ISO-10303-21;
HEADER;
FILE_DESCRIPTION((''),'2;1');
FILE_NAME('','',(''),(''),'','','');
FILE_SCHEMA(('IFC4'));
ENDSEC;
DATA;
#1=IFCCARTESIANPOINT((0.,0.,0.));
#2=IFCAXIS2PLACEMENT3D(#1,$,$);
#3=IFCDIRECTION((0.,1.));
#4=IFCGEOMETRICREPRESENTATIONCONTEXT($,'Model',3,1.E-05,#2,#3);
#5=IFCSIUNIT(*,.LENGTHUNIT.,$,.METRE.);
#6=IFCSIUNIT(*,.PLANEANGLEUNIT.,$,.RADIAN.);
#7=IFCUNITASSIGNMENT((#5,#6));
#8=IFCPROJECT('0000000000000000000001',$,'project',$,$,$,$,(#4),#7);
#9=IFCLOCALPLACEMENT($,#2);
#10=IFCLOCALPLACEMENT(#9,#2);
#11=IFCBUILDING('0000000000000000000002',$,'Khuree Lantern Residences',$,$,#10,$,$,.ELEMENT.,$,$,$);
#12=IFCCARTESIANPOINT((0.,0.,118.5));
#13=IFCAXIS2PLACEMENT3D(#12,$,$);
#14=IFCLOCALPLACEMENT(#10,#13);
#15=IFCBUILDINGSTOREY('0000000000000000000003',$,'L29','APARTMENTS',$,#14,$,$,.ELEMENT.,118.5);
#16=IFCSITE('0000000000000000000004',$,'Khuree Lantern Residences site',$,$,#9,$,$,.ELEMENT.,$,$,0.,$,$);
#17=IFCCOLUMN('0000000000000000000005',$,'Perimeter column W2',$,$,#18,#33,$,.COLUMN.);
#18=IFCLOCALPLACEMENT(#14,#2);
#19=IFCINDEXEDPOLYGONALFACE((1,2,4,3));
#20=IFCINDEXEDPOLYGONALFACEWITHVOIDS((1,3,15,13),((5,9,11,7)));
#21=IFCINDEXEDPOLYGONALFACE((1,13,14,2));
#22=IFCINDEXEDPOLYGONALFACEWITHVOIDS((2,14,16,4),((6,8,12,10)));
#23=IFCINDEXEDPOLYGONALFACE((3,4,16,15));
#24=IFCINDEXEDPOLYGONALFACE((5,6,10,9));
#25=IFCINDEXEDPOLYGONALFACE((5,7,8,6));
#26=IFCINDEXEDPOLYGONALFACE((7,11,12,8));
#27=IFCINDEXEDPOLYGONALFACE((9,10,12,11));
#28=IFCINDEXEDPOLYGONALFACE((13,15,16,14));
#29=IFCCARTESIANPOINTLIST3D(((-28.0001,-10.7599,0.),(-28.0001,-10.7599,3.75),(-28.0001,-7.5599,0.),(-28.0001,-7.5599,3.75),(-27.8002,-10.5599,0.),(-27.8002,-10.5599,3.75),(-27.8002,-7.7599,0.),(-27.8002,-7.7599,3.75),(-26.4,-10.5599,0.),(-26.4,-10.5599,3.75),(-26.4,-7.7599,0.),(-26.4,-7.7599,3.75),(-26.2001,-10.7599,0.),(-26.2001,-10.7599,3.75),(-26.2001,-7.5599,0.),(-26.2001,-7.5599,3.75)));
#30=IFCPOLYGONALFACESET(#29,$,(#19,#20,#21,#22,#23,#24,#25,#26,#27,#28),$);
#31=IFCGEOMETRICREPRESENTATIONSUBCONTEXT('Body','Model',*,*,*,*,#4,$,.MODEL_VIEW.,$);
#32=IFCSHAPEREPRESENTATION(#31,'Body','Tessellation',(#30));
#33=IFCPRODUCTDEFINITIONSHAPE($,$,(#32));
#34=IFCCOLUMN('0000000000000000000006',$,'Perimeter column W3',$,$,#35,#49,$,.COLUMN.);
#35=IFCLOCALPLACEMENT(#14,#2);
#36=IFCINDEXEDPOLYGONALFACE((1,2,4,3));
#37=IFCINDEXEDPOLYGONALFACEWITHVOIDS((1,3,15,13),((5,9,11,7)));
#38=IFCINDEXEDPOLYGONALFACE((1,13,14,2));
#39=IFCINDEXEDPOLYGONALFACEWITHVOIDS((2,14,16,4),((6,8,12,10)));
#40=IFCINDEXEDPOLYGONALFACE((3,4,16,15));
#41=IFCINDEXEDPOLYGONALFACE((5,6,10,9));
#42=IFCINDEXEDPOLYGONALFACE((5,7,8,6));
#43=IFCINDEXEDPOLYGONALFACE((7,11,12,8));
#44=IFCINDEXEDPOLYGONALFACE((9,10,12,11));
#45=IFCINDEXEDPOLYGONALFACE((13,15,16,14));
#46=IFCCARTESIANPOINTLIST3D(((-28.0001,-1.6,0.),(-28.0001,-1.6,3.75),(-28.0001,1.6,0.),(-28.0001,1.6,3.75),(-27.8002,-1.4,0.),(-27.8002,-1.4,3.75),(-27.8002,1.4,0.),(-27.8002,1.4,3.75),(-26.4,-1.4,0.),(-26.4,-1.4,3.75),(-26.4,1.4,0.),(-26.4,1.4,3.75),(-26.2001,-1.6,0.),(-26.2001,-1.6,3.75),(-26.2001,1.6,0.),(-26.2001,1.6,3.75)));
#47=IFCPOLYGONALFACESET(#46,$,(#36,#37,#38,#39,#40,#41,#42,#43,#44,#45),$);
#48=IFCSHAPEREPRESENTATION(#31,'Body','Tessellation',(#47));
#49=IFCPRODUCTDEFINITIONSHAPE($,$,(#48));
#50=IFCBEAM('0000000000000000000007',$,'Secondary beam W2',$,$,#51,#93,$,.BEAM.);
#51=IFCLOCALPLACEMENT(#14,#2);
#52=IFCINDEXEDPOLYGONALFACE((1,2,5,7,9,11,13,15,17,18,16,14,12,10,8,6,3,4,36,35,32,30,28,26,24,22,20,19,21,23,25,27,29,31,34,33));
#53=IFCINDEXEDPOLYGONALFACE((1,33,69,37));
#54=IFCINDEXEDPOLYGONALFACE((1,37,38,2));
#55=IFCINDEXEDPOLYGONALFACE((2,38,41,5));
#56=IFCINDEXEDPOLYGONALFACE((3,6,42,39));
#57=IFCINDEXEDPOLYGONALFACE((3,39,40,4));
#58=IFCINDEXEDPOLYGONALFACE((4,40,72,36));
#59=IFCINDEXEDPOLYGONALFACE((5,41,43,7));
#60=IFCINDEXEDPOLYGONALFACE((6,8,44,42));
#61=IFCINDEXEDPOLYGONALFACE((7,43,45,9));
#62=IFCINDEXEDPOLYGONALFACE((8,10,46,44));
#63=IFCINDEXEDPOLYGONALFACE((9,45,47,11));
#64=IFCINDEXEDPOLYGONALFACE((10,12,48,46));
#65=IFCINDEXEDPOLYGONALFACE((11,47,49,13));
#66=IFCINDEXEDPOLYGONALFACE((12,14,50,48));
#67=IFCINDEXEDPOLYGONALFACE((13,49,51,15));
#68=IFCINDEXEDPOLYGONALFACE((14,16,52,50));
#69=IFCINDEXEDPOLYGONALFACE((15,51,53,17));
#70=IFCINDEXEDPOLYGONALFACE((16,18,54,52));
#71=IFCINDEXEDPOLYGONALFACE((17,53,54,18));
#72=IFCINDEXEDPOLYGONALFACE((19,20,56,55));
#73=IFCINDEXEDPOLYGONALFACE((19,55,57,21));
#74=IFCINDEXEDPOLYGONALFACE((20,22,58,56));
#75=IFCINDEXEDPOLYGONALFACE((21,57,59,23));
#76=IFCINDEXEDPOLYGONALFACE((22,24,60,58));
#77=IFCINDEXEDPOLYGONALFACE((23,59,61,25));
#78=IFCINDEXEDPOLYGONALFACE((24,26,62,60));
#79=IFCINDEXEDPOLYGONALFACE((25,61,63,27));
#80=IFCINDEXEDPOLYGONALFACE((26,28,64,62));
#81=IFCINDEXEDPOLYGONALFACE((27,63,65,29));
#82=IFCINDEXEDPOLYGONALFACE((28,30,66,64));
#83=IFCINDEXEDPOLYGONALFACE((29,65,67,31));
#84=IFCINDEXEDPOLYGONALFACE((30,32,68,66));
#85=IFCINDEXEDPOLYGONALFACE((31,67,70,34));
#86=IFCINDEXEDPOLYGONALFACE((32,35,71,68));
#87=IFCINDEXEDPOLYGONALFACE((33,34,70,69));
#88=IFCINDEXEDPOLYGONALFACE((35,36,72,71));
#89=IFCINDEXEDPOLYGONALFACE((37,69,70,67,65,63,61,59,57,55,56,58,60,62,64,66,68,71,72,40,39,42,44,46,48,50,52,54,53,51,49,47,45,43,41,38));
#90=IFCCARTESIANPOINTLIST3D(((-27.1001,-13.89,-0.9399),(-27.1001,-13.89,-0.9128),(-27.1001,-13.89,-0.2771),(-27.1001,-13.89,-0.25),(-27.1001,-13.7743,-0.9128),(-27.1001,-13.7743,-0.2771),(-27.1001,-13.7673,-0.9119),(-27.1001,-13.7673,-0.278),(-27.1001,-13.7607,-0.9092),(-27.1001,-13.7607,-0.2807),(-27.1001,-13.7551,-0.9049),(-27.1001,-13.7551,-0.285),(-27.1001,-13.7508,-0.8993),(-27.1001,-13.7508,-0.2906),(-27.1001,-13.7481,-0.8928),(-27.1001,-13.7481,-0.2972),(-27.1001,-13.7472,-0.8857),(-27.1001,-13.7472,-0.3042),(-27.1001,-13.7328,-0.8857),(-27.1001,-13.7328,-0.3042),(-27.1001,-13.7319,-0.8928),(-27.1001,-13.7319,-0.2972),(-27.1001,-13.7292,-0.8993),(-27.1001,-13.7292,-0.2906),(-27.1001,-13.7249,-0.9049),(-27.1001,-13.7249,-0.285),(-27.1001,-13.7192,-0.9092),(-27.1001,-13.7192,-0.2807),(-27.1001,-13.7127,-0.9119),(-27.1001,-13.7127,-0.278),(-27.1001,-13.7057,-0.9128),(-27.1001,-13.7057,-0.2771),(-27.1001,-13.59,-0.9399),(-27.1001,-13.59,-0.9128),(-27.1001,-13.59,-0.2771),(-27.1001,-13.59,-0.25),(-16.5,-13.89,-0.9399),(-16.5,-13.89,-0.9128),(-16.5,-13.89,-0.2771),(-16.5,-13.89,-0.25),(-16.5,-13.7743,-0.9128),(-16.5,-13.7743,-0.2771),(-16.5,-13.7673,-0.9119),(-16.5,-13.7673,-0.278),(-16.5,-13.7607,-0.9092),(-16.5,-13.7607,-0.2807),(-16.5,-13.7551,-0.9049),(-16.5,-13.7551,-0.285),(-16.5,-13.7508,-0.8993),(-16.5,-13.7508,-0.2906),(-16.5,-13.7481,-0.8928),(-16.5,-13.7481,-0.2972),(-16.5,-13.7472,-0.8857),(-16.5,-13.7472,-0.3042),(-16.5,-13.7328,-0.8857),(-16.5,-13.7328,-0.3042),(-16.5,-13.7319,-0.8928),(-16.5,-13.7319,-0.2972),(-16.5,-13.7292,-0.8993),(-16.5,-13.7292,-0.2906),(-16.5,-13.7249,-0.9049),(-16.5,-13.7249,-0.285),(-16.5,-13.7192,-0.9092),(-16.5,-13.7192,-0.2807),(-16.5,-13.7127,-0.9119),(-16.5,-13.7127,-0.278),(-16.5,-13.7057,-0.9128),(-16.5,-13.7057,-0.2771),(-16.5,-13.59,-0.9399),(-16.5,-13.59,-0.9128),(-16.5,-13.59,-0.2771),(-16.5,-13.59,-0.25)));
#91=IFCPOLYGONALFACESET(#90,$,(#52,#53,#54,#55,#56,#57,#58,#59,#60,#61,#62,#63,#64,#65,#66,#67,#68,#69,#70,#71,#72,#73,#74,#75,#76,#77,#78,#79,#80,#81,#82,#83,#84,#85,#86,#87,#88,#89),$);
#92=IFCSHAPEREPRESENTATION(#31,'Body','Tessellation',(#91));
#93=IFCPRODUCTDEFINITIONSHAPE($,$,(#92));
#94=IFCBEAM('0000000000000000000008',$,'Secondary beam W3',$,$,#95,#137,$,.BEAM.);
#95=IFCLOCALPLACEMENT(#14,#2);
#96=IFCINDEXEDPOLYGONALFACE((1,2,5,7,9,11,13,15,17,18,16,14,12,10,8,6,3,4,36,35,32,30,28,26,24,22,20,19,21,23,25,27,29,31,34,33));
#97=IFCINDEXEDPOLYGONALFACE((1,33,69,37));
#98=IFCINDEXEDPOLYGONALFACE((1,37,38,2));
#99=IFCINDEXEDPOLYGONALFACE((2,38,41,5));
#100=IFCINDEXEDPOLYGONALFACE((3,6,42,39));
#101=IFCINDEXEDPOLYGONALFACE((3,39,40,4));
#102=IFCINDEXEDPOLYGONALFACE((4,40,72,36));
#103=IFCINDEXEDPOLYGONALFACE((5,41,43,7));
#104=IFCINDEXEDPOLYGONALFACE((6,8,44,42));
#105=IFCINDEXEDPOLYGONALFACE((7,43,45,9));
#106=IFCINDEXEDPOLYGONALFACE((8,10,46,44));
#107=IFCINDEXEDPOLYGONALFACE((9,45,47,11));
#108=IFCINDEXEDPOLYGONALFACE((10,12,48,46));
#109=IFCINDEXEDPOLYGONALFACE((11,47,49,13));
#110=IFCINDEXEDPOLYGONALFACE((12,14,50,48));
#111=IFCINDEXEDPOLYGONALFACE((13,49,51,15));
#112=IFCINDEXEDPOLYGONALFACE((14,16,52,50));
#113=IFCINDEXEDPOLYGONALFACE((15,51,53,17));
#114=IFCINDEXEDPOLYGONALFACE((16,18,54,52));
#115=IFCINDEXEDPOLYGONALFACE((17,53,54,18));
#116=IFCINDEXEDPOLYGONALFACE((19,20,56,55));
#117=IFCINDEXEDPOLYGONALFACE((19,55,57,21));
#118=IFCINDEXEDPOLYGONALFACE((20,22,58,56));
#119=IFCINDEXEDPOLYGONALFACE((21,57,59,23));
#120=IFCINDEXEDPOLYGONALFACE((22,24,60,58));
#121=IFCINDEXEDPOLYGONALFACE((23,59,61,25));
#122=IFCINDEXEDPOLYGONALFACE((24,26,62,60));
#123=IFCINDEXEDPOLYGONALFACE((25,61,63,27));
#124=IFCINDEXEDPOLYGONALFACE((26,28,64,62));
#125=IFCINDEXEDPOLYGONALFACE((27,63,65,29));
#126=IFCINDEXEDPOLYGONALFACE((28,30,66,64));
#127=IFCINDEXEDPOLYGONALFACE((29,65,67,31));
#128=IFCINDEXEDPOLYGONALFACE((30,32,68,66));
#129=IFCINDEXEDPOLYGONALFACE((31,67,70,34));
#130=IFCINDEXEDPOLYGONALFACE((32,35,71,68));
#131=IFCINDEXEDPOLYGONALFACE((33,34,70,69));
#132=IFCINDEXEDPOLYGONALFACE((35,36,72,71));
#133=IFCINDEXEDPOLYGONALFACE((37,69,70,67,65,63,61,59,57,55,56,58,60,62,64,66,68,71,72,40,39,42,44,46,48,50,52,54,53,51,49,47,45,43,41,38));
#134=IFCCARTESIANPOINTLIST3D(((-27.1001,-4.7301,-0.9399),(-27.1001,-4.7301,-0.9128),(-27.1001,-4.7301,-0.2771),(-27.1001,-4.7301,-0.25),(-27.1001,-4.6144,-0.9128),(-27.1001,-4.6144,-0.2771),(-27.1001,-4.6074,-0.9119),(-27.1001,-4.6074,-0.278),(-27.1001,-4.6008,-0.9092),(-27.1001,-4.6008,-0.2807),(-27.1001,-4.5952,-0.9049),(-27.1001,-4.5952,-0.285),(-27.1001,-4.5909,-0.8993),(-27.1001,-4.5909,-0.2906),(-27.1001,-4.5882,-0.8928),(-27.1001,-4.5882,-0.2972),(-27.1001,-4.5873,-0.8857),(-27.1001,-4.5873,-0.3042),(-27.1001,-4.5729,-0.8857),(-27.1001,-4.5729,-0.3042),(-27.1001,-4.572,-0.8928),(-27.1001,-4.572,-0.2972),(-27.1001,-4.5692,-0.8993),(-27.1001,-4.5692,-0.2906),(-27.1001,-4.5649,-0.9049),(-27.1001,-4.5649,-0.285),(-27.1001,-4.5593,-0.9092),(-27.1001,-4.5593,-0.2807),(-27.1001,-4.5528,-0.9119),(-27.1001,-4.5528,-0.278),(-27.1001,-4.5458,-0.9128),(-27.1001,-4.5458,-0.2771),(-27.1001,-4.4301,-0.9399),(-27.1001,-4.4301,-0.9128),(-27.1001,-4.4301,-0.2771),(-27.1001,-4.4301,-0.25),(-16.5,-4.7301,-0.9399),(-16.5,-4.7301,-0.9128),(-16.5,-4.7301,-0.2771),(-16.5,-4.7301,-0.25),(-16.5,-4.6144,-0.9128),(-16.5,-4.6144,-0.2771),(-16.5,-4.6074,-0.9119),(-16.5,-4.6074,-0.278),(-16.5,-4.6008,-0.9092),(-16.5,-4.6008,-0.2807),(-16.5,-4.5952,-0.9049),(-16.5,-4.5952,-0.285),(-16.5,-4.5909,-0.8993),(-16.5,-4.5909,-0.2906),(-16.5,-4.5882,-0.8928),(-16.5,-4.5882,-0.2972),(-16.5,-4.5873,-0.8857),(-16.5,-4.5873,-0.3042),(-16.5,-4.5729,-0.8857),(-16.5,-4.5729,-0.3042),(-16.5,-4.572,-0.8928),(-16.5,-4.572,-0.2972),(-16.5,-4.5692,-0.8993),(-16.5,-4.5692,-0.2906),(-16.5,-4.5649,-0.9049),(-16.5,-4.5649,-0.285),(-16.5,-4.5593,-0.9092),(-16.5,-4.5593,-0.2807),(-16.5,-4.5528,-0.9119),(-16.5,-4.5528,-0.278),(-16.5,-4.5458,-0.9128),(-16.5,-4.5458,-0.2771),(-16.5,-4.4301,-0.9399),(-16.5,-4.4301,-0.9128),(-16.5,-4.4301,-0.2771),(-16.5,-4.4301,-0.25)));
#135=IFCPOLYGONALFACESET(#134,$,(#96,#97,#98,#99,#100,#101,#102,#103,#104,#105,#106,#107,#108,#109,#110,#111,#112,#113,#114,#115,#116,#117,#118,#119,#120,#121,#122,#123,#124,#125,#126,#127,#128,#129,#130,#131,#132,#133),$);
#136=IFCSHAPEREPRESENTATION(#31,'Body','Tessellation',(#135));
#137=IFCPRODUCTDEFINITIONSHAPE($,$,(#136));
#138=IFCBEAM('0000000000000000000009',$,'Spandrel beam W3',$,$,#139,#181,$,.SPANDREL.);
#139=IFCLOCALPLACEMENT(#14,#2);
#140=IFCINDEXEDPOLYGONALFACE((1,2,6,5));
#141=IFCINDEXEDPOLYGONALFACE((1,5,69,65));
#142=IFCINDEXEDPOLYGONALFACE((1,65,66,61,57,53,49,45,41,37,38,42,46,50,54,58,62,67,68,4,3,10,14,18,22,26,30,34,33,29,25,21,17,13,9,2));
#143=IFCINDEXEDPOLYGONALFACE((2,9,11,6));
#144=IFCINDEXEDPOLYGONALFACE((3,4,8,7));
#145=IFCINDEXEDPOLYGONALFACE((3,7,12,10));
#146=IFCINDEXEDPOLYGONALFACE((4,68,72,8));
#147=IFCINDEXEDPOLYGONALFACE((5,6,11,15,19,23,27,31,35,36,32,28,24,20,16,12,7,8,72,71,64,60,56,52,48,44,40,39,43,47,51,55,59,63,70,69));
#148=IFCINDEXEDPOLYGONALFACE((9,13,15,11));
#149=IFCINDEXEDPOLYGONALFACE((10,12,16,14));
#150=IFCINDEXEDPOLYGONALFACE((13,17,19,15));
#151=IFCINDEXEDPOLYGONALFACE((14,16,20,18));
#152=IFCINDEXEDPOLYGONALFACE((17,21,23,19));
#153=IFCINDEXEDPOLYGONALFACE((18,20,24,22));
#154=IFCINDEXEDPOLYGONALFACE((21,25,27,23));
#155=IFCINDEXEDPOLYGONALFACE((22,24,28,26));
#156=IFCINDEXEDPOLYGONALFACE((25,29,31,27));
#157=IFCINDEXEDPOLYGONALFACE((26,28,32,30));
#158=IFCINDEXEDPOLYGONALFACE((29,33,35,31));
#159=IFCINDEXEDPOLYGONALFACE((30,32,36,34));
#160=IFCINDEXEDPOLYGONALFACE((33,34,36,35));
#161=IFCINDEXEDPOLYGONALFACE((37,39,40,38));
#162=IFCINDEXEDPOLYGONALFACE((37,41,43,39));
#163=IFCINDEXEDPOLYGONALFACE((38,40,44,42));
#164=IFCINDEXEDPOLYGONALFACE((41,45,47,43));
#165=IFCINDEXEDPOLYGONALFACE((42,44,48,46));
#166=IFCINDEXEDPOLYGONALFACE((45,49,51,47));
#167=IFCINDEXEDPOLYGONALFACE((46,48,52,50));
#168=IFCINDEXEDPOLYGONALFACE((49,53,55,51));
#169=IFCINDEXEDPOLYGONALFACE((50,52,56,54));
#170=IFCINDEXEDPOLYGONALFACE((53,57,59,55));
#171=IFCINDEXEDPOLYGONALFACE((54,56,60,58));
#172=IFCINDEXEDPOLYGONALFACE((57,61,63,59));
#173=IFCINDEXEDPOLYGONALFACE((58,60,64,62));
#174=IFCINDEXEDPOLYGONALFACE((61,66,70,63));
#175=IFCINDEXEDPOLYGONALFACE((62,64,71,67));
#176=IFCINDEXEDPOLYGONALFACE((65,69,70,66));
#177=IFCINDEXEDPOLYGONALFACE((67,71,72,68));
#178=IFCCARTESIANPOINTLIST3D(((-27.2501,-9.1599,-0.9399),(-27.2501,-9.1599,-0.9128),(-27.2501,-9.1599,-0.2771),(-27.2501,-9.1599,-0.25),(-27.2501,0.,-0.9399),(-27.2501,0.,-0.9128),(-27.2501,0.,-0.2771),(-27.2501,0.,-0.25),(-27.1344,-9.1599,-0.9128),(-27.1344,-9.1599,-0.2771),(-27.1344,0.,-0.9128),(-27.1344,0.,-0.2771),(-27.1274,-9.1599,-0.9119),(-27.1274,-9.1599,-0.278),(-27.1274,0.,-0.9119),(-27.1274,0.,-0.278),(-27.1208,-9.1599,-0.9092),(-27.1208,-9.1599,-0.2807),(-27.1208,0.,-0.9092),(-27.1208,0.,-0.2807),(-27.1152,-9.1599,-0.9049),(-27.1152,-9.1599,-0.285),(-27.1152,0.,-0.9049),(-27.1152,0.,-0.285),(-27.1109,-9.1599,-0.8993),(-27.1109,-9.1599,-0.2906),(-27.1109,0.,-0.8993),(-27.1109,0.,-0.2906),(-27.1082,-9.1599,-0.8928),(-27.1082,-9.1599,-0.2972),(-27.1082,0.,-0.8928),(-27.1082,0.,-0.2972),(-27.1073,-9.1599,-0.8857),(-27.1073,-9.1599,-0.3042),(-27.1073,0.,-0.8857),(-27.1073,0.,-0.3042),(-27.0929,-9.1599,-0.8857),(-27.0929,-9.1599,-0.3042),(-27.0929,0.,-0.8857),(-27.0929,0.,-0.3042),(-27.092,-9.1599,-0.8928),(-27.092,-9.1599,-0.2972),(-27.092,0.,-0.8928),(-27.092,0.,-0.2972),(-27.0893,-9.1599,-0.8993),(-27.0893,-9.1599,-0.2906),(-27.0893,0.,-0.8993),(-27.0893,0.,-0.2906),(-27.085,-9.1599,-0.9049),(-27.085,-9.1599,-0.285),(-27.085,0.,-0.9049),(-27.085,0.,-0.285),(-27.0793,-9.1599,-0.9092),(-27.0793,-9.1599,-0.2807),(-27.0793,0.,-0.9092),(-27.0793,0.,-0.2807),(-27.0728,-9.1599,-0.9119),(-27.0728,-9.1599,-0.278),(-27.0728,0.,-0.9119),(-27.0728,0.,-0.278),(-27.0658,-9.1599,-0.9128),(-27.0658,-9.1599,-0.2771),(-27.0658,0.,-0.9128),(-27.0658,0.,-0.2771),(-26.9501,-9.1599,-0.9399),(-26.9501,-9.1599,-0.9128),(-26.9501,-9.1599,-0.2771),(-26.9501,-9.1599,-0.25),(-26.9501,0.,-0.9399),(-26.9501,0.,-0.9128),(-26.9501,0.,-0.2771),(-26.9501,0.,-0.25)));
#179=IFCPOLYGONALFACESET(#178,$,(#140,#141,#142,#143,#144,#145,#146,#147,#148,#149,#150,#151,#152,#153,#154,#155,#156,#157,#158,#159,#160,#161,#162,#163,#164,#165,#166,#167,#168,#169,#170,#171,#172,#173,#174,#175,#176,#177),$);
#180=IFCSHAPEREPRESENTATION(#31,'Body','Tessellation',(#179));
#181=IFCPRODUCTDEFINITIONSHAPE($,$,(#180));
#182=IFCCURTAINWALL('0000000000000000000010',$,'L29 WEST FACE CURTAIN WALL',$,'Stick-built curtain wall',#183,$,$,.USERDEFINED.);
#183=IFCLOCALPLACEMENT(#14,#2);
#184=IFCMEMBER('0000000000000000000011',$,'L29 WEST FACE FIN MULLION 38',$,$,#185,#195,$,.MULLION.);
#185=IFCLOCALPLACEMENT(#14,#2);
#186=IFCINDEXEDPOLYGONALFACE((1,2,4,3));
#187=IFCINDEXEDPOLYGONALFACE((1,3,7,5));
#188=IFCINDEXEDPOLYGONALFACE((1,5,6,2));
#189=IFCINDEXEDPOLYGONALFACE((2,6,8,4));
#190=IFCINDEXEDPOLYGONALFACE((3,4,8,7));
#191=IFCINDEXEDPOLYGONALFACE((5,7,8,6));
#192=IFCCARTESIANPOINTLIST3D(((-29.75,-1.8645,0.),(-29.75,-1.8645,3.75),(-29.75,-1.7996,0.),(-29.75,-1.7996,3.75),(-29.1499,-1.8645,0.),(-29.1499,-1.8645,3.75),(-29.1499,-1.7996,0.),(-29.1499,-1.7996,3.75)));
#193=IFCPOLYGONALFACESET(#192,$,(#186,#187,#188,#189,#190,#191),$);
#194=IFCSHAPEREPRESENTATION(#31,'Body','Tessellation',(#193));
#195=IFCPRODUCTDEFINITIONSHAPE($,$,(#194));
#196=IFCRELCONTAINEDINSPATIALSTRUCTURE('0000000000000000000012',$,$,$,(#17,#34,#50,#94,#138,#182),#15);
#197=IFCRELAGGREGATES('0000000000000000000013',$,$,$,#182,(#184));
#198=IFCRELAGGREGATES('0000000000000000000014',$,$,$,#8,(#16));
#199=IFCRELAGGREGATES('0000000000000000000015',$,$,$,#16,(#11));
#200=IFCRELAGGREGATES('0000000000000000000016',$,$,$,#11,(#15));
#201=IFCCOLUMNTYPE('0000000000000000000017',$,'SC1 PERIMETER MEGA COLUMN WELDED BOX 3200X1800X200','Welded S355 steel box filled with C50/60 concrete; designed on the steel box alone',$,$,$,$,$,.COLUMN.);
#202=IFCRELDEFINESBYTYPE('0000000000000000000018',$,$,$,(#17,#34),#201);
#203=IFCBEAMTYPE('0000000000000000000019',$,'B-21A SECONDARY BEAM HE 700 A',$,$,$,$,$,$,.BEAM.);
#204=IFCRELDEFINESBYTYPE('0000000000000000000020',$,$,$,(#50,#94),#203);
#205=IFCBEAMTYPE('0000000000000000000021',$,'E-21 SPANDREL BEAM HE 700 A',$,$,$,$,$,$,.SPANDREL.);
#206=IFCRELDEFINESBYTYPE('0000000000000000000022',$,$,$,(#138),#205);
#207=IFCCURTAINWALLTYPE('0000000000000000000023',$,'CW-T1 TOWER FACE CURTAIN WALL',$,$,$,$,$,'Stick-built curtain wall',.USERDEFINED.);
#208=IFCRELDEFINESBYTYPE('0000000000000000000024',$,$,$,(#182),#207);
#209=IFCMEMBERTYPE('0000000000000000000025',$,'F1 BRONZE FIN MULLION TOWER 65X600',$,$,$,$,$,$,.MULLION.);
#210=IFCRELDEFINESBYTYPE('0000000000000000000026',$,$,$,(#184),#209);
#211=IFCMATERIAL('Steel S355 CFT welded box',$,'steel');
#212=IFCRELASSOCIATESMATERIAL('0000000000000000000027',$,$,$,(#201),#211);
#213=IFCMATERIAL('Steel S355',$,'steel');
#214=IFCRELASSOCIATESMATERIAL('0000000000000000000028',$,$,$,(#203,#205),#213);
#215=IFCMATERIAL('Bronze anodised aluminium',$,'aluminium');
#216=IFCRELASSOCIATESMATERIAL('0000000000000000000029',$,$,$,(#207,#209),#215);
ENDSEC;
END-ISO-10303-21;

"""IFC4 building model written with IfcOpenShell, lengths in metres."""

from ifc_helpers import new_model, si_unit, direction, frame, origin, origin_2d, place, context, subcontext, project, spatial, rectangle, hollow_rectangle, i_section, extrude, material, material_profile, profile_set, type_object, element, aggregate, save


model = new_model("IFC4")

# Units and contexts
model_context = context("Model", 3, precision=1e-05, world=origin(), true_north=direction((0.0, 1.0)))
body_context = subcontext(model_context, "Body", "Model", "MODEL_VIEW")
ifc_project = project(units=[si_unit("LENGTHUNIT", "METRE"), si_unit("PLANEANGLEUNIT", "RADIAN")], contexts=[model_context])

# Site, building, storey
site_placement = place(None, origin())
site = spatial("IfcSite", under=ifc_project, at=site_placement, Name="Khuree Lantern Residences site", CompositionType="ELEMENT", RefElevation=0.0)
building_placement = place(site_placement, origin())
building = spatial("IfcBuilding", under=site, at=building_placement, Name="Khuree Lantern Residences", CompositionType="ELEMENT")
storey_placement = place(building_placement, frame((0.0, 0.0, 118.5)))
storey = spatial("IfcBuildingStorey", under=building, at=storey_placement, Name="L29", Description="APARTMENTS", CompositionType="ELEMENT", Elevation=118.5)

# Columns
ifc_material_1 = material(Name="Steel S355 CFT welded box", Category="steel")
ifc_material_profile_1 = material_profile(ifc_material_1, hollow_rectangle(XDim=3.2, YDim=1.8, WallThickness=0.2, at=origin_2d()), Name="WELDED BOX 3200X1800X200")
ifc_profile_set_1 = profile_set([ifc_material_profile_1], Name="Steel S355 CFT welded box")
column_type = type_object("IfcColumnType", Name="SC1 PERIMETER MEGA COLUMN WELDED BOX 3200X1800X200", Description="Welded S355 steel box filled with C50/60 concrete; designed on the steel box alone", PredefinedType="COLUMN", material=ifc_profile_set_1)
for number, where, z_axis, x_axis, name in (
    (1, (-27.1001, -9.1599, 0.0), (0.0, 0.0, 1.0), (0.0, 1.0, 0.0), "Perimeter column W2"),
    (2, (-27.1001, 0.0, 0.0), (0.0, 0.0, 1.0), (0.0, 1.0, 0.0), "Perimeter column W3"),
):
    element("IfcColumn", number, at=place(storey_placement, frame(where, z_axis=z_axis, x_axis=x_axis)), inside=storey, type_object=column_type, Name=name, PredefinedType="COLUMN", context=body_context, shape_type="SweptSolid", body=[
        extrude(hollow_rectangle(XDim=3.2, YDim=1.8, WallThickness=0.2, at=origin_2d()), origin(), (0.0, 0.0, 1.0), 3.75),
    ])

# Beams
ifc_material_2 = material(Name="Steel S355", Category="steel")
ifc_material_profile_2 = material_profile(ifc_material_2, i_section(OverallWidth=0.3, OverallDepth=0.6899, WebThickness=0.0144, FlangeThickness=0.0271, FilletRadius=0.0271, at=origin_2d()), Name="HE 700 A")
ifc_profile_set_2 = profile_set([ifc_material_profile_2], Name="Steel S355")
beam_type_1 = type_object("IfcBeamType", Name="B-21A SECONDARY BEAM HE 700 A", PredefinedType="BEAM", material=ifc_profile_set_2)
for number, where, z_axis, x_axis, name in (
    (3, (-27.1001, -13.74, -0.595), (1.0, 0.0, 0.0), (0.0, 1.0, 0.0), "Secondary beam W2"),
    (4, (-27.1001, -4.5801, -0.595), (1.0, 0.0, 0.0), (0.0, 1.0, 0.0), "Secondary beam W3"),
):
    element("IfcBeam", number, at=place(storey_placement, frame(where, z_axis=z_axis, x_axis=x_axis)), inside=storey, type_object=beam_type_1, Name=name, PredefinedType="BEAM", context=body_context, shape_type="SweptSolid", body=[
        extrude(i_section(OverallWidth=0.3, OverallDepth=0.6899, WebThickness=0.0144, FlangeThickness=0.0271, FilletRadius=0.0271, at=origin_2d()), origin(), (0.0, 0.0, 1.0), 10.6001),
    ])
ifc_material_profile_3 = material_profile(ifc_material_2, i_section(OverallWidth=0.3, OverallDepth=0.6899, WebThickness=0.0144, FlangeThickness=0.0271, FilletRadius=0.0271, at=origin_2d()), Name="HE 700 A")
ifc_profile_set_3 = profile_set([ifc_material_profile_3], Name="Steel S355")
beam_type_2 = type_object("IfcBeamType", Name="E-21 SPANDREL BEAM HE 700 A", PredefinedType="SPANDREL", material=ifc_profile_set_3)
beam_1_placement = place(storey_placement, frame((-27.1001, -9.1599, -0.595), z_axis=(0.0, 1.0, 0.0), x_axis=(-1.0, 0.0, 0.0)))
element("IfcBeam", 5, at=beam_1_placement, inside=storey, type_object=beam_type_2, Name="Spandrel beam W3", PredefinedType="SPANDREL", context=body_context, shape_type="SweptSolid", body=[
    extrude(i_section(OverallWidth=0.3, OverallDepth=0.6899, WebThickness=0.0144, FlangeThickness=0.0271, FilletRadius=0.0271, at=origin_2d()), origin(), (0.0, 0.0, 1.0), 9.1599),
])

# Curtain wall, member
ifc_material_3 = material(Name="Bronze anodised aluminium", Category="aluminium")
curtain_wall_type = type_object("IfcCurtainWallType", Name="CW-T1 TOWER FACE CURTAIN WALL", ElementType="Stick-built curtain wall", PredefinedType="USERDEFINED", material=ifc_material_3)
curtain_wall_placement = place(storey_placement, origin())
curtain_wall = element("IfcCurtainWall", 6, at=curtain_wall_placement, inside=storey, type_object=curtain_wall_type, Name="L29 WEST FACE CURTAIN WALL", ObjectType="Stick-built curtain wall", PredefinedType="USERDEFINED")
ifc_material_profile_4 = material_profile(ifc_material_3, rectangle(XDim=0.0649, YDim=0.6001, at=origin_2d()), Name="F1 65X600")
ifc_profile_set_4 = profile_set([ifc_material_profile_4], Name="Bronze anodised aluminium")
member_type_1 = type_object("IfcMemberType", Name="F1 BRONZE FIN MULLION TOWER 65X600", PredefinedType="MULLION", material=ifc_profile_set_4)
member_1_placement = place(storey_placement, frame((-29.45, -1.832, 0.0), z_axis=(0.0, 0.0, 1.0), x_axis=(0.0, -1.0, 0.0)))
member_1 = element("IfcMember", 7, at=member_1_placement, type_object=member_type_1, Name="L29 WEST FACE FIN MULLION 38", PredefinedType="MULLION", context=body_context, shape_type="SweptSolid", body=[
    extrude(rectangle(XDim=0.0649, YDim=0.6001, at=origin_2d()), origin(), (0.0, 0.0, 1.0), 3.75),
])

aggregate(curtain_wall, [member_1])

save(model, "model.ifc")
